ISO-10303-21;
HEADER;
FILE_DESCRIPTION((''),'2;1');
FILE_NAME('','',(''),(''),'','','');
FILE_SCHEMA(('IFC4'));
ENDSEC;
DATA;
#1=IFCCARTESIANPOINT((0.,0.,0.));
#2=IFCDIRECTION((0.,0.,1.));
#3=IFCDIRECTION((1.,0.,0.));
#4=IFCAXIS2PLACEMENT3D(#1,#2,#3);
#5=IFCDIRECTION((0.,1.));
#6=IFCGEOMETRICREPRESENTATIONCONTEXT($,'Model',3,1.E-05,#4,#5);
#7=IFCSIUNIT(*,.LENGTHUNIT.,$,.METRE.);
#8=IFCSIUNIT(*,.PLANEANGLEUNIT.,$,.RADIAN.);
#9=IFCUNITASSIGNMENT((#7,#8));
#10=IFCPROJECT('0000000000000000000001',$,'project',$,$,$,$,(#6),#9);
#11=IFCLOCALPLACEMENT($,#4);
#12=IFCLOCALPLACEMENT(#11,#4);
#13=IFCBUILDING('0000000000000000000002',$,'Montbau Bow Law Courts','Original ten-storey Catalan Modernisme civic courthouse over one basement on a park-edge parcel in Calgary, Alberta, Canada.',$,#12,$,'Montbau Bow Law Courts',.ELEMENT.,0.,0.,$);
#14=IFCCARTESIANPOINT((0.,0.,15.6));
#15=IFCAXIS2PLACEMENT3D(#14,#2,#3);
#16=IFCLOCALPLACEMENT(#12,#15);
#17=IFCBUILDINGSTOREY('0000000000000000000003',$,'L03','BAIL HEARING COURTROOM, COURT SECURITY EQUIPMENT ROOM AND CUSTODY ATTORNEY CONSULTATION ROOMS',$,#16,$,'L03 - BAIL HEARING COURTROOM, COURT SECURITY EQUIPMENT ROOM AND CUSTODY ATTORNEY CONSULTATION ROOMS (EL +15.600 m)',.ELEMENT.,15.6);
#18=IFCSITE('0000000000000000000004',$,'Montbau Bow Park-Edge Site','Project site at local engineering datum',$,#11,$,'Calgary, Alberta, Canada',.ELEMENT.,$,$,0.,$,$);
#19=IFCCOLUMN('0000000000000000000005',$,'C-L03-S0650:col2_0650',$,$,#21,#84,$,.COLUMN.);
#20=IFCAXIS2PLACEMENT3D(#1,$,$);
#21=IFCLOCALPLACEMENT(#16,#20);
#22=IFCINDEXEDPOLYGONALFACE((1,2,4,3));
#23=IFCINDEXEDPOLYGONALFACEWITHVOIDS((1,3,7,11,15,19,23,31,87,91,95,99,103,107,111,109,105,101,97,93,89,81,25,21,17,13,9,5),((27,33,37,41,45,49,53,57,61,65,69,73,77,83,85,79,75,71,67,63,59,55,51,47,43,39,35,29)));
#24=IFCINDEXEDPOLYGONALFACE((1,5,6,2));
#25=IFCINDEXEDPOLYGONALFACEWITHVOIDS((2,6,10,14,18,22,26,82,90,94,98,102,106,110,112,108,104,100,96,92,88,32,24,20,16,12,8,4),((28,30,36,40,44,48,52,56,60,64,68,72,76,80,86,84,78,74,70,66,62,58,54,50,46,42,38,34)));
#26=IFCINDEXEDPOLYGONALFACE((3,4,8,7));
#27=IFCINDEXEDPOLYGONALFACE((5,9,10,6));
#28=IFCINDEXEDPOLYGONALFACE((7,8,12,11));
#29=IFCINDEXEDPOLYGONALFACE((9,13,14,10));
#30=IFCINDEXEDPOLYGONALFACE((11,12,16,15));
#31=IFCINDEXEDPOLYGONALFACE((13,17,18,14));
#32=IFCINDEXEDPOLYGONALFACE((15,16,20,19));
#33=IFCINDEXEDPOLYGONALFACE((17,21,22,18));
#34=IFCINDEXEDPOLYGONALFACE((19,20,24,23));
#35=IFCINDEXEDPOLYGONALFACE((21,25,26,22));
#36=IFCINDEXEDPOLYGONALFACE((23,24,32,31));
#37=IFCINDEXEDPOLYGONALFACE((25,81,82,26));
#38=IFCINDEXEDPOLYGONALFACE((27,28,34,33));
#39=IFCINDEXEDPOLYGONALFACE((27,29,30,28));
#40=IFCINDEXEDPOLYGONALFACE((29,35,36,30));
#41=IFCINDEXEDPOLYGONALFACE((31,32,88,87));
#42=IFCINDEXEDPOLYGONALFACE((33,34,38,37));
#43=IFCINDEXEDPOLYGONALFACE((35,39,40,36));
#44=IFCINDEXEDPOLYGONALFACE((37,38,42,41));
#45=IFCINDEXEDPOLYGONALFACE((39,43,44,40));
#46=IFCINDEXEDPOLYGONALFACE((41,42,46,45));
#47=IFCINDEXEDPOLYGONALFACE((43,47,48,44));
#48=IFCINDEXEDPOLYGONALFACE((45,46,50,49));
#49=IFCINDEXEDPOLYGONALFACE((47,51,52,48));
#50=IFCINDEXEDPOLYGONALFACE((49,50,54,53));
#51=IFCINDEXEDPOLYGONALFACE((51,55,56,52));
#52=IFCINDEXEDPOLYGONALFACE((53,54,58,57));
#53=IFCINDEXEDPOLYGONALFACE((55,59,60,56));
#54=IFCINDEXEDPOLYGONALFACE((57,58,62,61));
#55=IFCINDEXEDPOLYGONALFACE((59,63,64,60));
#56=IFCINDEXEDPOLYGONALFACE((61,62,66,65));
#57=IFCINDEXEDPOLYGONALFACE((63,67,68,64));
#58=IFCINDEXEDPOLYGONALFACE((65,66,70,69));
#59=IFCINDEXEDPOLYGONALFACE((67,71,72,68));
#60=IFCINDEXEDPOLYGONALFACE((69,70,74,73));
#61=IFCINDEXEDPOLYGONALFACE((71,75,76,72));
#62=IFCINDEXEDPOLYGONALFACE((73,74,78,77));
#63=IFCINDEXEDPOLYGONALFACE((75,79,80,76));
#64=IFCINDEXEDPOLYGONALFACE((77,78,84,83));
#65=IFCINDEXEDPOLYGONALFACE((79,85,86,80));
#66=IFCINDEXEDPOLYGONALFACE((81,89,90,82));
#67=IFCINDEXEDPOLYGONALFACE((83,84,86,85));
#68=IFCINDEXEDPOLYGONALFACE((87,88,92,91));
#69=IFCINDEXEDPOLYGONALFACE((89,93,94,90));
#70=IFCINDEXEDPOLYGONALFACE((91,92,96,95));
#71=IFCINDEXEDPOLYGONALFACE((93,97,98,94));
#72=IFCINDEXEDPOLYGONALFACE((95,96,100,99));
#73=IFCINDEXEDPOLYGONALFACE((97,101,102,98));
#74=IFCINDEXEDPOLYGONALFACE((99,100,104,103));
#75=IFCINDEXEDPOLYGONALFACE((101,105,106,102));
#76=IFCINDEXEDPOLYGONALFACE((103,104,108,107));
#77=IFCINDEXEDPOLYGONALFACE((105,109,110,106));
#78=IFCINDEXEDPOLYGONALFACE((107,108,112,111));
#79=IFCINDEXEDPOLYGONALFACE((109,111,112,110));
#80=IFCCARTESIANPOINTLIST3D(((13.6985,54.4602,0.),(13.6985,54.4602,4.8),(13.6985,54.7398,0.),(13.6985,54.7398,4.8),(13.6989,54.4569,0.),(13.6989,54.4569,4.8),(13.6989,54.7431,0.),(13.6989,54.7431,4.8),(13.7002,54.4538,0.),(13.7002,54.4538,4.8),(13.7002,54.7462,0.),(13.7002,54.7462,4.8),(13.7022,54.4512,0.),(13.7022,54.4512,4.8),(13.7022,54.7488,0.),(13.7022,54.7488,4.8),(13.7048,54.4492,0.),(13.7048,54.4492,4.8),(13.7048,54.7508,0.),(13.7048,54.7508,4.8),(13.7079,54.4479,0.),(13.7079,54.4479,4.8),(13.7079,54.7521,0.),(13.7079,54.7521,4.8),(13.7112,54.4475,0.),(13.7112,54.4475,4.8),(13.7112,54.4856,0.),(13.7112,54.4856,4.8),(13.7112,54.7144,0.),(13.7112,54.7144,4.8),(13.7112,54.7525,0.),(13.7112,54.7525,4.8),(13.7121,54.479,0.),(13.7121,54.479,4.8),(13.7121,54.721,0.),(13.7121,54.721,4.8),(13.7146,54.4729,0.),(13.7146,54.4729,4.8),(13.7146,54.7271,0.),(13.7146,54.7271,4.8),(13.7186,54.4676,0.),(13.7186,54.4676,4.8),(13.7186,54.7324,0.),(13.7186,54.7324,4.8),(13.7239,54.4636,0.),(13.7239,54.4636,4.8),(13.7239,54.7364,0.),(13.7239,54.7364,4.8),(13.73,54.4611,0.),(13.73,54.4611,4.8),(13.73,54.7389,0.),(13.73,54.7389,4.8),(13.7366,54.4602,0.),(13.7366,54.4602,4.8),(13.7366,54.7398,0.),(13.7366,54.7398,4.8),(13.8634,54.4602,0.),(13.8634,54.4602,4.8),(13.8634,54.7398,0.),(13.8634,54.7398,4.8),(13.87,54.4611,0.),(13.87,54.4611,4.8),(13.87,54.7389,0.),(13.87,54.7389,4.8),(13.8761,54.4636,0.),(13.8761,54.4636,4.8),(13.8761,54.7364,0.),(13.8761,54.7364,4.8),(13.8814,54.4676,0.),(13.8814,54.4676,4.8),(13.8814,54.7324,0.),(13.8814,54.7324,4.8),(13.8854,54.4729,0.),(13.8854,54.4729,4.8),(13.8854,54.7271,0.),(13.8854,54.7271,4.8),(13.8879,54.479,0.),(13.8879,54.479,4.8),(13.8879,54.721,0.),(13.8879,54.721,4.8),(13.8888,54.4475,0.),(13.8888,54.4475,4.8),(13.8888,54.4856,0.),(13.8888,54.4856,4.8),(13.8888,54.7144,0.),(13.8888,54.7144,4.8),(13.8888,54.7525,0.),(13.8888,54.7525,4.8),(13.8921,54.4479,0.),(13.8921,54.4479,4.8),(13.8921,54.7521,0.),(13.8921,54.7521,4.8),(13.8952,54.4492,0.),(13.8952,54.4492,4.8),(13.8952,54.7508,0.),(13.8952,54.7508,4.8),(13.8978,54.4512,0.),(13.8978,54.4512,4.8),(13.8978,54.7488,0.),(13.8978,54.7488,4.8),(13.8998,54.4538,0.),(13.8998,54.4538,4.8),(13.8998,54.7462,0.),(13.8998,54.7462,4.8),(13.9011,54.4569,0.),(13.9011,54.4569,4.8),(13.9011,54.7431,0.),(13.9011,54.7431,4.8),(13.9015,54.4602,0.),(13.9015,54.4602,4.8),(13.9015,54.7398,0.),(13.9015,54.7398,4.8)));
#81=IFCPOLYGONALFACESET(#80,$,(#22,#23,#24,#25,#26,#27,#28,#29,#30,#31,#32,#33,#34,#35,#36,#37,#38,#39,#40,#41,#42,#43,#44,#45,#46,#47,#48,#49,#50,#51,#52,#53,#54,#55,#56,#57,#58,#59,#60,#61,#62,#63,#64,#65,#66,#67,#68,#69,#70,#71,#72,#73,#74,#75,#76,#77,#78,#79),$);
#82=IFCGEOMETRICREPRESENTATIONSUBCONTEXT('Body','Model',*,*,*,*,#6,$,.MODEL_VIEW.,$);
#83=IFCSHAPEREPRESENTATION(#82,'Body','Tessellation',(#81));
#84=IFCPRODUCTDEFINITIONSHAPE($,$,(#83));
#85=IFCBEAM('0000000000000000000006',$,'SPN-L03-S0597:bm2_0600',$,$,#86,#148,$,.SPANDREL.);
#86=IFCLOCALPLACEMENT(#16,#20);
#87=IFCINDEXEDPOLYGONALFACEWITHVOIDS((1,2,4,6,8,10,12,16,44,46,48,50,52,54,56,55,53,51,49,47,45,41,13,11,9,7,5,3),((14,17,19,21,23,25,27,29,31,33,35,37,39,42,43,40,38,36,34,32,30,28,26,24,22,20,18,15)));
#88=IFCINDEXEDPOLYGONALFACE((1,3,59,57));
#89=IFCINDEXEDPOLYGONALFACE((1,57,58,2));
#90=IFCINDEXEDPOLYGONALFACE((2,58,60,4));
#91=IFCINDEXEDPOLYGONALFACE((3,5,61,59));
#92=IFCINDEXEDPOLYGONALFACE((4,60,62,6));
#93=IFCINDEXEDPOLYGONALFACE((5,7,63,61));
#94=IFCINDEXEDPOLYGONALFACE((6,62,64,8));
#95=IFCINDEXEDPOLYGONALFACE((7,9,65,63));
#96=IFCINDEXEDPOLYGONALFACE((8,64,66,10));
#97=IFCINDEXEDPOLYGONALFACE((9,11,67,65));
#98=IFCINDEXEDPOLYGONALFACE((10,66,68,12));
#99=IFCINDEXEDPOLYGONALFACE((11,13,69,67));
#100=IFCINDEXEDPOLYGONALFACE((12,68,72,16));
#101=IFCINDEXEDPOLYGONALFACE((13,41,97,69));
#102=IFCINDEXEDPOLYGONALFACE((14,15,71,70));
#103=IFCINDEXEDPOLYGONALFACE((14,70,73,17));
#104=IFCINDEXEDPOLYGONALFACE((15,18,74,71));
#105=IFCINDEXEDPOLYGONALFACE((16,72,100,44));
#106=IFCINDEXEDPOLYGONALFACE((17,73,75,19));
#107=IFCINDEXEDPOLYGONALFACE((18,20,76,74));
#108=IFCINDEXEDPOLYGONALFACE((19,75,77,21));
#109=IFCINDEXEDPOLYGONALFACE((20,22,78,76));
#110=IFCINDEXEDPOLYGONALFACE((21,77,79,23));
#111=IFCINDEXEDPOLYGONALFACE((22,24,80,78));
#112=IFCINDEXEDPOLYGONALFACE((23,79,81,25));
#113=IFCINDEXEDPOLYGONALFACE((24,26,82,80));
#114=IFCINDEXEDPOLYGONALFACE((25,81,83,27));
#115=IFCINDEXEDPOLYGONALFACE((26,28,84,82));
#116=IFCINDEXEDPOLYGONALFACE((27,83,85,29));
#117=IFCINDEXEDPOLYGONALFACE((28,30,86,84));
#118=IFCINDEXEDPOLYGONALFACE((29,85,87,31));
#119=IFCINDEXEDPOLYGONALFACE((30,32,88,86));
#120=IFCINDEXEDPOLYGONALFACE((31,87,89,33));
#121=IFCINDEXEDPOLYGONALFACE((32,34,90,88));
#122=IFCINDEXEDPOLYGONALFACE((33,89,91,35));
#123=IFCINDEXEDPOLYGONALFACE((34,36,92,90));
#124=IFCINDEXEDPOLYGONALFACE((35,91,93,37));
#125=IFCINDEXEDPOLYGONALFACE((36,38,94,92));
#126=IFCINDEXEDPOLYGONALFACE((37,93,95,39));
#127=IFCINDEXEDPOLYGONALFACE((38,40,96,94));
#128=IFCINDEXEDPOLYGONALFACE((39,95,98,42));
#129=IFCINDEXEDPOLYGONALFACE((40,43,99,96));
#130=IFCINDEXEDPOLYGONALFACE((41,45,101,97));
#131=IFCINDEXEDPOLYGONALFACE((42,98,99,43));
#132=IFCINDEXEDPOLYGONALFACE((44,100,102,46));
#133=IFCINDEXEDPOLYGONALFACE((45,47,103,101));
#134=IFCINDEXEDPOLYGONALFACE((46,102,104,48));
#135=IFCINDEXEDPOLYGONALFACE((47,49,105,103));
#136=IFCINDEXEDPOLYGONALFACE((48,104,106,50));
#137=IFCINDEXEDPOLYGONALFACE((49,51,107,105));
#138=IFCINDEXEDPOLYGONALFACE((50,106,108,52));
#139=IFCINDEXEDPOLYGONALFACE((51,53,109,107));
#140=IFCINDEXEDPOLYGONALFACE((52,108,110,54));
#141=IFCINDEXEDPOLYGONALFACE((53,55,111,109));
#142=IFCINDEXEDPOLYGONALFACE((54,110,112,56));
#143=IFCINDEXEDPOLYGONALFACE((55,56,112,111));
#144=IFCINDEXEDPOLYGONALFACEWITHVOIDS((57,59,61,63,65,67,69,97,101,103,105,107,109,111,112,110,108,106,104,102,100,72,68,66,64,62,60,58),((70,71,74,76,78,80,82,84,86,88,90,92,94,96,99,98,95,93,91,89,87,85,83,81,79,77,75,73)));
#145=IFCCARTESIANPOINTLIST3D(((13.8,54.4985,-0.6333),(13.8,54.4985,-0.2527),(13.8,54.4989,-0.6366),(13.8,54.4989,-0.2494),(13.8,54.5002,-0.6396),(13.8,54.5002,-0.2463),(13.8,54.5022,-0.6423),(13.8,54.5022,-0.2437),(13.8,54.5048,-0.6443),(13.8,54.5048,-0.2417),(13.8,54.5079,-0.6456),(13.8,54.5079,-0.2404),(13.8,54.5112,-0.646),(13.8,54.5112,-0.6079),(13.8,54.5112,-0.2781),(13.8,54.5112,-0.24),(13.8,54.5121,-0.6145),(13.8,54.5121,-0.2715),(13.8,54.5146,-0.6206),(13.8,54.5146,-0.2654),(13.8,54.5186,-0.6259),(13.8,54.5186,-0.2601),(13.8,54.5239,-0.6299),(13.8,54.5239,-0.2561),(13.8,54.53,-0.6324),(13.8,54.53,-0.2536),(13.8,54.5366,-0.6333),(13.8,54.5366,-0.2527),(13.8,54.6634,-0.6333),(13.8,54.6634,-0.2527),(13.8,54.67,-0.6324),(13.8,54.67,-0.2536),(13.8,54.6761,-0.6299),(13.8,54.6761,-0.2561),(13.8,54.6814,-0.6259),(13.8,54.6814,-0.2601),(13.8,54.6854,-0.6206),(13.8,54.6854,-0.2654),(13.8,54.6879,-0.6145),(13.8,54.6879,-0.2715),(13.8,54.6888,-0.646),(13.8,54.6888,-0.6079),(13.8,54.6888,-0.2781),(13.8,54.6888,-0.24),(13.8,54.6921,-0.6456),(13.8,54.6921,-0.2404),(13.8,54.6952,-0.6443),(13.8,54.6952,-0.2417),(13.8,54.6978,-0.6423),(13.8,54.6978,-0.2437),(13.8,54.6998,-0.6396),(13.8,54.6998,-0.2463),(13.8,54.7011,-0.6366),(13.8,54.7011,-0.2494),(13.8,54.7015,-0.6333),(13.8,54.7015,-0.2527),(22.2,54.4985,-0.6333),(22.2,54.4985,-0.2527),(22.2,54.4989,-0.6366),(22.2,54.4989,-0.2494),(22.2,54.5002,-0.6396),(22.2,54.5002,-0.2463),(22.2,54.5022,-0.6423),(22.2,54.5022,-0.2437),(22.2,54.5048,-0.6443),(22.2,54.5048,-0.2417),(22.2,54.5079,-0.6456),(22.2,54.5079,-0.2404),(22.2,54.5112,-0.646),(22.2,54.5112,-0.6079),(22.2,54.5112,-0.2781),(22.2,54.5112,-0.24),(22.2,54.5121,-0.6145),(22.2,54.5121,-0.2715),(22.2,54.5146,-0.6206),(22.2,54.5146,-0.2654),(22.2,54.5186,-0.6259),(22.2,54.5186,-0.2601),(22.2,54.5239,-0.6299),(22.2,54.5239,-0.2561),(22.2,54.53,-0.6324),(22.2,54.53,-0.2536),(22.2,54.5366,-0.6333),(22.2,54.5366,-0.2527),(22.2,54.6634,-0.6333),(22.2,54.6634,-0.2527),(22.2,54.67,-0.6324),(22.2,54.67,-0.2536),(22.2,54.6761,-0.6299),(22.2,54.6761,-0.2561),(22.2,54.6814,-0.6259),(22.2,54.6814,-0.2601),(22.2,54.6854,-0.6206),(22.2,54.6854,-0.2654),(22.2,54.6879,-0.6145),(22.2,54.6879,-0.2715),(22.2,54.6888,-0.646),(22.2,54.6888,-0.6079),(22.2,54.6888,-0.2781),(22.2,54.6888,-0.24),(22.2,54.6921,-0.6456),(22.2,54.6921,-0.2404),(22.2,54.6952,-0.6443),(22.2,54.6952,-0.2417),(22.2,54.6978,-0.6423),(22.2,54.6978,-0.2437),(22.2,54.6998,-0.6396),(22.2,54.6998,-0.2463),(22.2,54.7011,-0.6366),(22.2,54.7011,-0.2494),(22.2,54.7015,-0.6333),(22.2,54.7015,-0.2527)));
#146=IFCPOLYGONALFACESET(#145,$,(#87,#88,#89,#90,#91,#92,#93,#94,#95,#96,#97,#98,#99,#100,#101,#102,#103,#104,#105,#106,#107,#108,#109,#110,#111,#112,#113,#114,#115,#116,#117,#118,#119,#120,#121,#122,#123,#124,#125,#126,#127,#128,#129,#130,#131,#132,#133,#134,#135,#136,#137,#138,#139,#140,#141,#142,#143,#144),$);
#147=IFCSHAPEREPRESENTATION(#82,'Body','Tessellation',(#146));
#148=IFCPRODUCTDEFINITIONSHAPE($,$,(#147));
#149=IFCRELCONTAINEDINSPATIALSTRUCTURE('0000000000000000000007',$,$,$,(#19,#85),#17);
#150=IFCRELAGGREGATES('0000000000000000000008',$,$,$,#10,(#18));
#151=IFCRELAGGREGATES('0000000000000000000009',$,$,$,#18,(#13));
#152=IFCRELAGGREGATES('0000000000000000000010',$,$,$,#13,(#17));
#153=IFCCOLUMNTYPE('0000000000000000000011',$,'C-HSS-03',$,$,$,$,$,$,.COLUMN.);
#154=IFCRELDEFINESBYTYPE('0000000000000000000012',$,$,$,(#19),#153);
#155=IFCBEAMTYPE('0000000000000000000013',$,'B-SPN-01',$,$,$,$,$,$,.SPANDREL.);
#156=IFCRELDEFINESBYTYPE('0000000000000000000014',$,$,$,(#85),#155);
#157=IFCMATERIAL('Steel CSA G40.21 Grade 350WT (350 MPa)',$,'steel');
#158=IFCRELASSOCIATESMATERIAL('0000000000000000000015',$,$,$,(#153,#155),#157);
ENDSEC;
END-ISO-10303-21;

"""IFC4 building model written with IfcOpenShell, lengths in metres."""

from ifc_helpers import new_model, si_unit, direction, frame, origin_with_axes, origin_2d_with_axis, place, context, subcontext, project, spatial, hollow_rectangle, extrude, material, material_profile, profile_set, type_object, element, save


model = new_model("IFC4")

# Units and contexts
model_context = context("Model", 3, precision=1e-05, world=origin_with_axes(), true_north=direction((0.0, 1.0)))
body_context = subcontext(model_context, "Body", "Model", "MODEL_VIEW")
ifc_project = project(units=[si_unit("LENGTHUNIT", "METRE"), si_unit("PLANEANGLEUNIT", "RADIAN")], contexts=[model_context])

# Site, building, storey
site_placement = place(None, origin_with_axes())
site = spatial("IfcSite", under=ifc_project, at=site_placement, Name="Montbau Bow Park-Edge Site", Description="Project site at local engineering datum", LongName="Calgary, Alberta, Canada", CompositionType="ELEMENT", RefElevation=0.0)
building_placement = place(site_placement, origin_with_axes())
building = spatial("IfcBuilding", under=site, at=building_placement, Name="Montbau Bow Law Courts", Description="Original ten-storey Catalan Modernisme civic courthouse over one basement on a park-edge parcel in Calgary, Alberta, Canada.", LongName="Montbau Bow Law Courts", CompositionType="ELEMENT", ElevationOfRefHeight=0.0, ElevationOfTerrain=0.0)
storey_placement = place(building_placement, frame((0.0, 0.0, 15.6), z_axis=(0.0, 0.0, 1.0), x_axis=(1.0, 0.0, 0.0)))
storey = spatial("IfcBuildingStorey", under=building, at=storey_placement, Name="L03", Description="BAIL HEARING COURTROOM, COURT SECURITY EQUIPMENT ROOM AND CUSTODY ATTORNEY CONSULTATION ROOMS", LongName="L03 - BAIL HEARING COURTROOM, COURT SECURITY EQUIPMENT ROOM AND CUSTODY ATTORNEY CONSULTATION ROOMS (EL +15.600 m)", CompositionType="ELEMENT", Elevation=15.6)

# Column
ifc_material_1 = material(Name="Steel CSA G40.21 Grade 350WT (350 MPa)", Category="steel")
ifc_material_profile_1 = material_profile(ifc_material_1, hollow_rectangle(XDim=0.203, YDim=0.305, WallThickness=0.0127, InnerFilletRadius=0.0254, OuterFilletRadius=0.0127, at=origin_2d_with_axis()), Name="HSS305X203X13", Category="Main", Priority=0)
ifc_profile_set_1 = profile_set([ifc_material_profile_1], Name="Steel CSA G40.21 Grade 350WT (350 MPa)")
column_type = type_object("IfcColumnType", Name="C-HSS-03", PredefinedType="COLUMN", material=ifc_profile_set_1)
column_placement = place(None, frame((13.8, 54.6, 15.6), z_axis=(0.0, 0.0, 1.0), x_axis=(1.0, 0.0, 0.0)))
element("IfcColumn", 1, at=column_placement, inside=storey, type_object=column_type, Name="C-L03-S0650:col2_0650", PredefinedType="COLUMN", context=body_context, shape_type="SweptSolid", body=[
    extrude(hollow_rectangle(XDim=0.203, YDim=0.305, WallThickness=0.0127, InnerFilletRadius=0.0254, OuterFilletRadius=0.0127, at=origin_2d_with_axis()), origin_with_axes(), (0.0, 0.0, 1.0), 4.8),
])

# Beam
ifc_material_profile_2 = material_profile(ifc_material_1, hollow_rectangle(XDim=0.203, YDim=0.406, WallThickness=0.0127, InnerFilletRadius=0.0254, OuterFilletRadius=0.0127, at=origin_2d_with_axis()), Name="HSS406X203X13", Category="Main", Priority=0)
ifc_profile_set_2 = profile_set([ifc_material_profile_2], Name="Steel CSA G40.21 Grade 350WT (350 MPa)")
beam_type = type_object("IfcBeamType", Name="B-SPN-01", PredefinedType="SPANDREL", material=ifc_profile_set_2)
beam_placement = place(None, frame((13.8, 54.6, 15.157), z_axis=(1.0, 0.0, 0.0), x_axis=(0.0, 1.0, 0.0)))
element("IfcBeam", 2, at=beam_placement, inside=storey, type_object=beam_type, Name="SPN-L03-S0597:bm2_0600", PredefinedType="SPANDREL", context=body_context, shape_type="SweptSolid", body=[
    extrude(hollow_rectangle(XDim=0.203, YDim=0.406, WallThickness=0.0127, InnerFilletRadius=0.0254, OuterFilletRadius=0.0127, at=origin_2d_with_axis()), origin_with_axes(), (0.0, 0.0, 1.0), 8.4),
])

save(model, "model.ifc")
